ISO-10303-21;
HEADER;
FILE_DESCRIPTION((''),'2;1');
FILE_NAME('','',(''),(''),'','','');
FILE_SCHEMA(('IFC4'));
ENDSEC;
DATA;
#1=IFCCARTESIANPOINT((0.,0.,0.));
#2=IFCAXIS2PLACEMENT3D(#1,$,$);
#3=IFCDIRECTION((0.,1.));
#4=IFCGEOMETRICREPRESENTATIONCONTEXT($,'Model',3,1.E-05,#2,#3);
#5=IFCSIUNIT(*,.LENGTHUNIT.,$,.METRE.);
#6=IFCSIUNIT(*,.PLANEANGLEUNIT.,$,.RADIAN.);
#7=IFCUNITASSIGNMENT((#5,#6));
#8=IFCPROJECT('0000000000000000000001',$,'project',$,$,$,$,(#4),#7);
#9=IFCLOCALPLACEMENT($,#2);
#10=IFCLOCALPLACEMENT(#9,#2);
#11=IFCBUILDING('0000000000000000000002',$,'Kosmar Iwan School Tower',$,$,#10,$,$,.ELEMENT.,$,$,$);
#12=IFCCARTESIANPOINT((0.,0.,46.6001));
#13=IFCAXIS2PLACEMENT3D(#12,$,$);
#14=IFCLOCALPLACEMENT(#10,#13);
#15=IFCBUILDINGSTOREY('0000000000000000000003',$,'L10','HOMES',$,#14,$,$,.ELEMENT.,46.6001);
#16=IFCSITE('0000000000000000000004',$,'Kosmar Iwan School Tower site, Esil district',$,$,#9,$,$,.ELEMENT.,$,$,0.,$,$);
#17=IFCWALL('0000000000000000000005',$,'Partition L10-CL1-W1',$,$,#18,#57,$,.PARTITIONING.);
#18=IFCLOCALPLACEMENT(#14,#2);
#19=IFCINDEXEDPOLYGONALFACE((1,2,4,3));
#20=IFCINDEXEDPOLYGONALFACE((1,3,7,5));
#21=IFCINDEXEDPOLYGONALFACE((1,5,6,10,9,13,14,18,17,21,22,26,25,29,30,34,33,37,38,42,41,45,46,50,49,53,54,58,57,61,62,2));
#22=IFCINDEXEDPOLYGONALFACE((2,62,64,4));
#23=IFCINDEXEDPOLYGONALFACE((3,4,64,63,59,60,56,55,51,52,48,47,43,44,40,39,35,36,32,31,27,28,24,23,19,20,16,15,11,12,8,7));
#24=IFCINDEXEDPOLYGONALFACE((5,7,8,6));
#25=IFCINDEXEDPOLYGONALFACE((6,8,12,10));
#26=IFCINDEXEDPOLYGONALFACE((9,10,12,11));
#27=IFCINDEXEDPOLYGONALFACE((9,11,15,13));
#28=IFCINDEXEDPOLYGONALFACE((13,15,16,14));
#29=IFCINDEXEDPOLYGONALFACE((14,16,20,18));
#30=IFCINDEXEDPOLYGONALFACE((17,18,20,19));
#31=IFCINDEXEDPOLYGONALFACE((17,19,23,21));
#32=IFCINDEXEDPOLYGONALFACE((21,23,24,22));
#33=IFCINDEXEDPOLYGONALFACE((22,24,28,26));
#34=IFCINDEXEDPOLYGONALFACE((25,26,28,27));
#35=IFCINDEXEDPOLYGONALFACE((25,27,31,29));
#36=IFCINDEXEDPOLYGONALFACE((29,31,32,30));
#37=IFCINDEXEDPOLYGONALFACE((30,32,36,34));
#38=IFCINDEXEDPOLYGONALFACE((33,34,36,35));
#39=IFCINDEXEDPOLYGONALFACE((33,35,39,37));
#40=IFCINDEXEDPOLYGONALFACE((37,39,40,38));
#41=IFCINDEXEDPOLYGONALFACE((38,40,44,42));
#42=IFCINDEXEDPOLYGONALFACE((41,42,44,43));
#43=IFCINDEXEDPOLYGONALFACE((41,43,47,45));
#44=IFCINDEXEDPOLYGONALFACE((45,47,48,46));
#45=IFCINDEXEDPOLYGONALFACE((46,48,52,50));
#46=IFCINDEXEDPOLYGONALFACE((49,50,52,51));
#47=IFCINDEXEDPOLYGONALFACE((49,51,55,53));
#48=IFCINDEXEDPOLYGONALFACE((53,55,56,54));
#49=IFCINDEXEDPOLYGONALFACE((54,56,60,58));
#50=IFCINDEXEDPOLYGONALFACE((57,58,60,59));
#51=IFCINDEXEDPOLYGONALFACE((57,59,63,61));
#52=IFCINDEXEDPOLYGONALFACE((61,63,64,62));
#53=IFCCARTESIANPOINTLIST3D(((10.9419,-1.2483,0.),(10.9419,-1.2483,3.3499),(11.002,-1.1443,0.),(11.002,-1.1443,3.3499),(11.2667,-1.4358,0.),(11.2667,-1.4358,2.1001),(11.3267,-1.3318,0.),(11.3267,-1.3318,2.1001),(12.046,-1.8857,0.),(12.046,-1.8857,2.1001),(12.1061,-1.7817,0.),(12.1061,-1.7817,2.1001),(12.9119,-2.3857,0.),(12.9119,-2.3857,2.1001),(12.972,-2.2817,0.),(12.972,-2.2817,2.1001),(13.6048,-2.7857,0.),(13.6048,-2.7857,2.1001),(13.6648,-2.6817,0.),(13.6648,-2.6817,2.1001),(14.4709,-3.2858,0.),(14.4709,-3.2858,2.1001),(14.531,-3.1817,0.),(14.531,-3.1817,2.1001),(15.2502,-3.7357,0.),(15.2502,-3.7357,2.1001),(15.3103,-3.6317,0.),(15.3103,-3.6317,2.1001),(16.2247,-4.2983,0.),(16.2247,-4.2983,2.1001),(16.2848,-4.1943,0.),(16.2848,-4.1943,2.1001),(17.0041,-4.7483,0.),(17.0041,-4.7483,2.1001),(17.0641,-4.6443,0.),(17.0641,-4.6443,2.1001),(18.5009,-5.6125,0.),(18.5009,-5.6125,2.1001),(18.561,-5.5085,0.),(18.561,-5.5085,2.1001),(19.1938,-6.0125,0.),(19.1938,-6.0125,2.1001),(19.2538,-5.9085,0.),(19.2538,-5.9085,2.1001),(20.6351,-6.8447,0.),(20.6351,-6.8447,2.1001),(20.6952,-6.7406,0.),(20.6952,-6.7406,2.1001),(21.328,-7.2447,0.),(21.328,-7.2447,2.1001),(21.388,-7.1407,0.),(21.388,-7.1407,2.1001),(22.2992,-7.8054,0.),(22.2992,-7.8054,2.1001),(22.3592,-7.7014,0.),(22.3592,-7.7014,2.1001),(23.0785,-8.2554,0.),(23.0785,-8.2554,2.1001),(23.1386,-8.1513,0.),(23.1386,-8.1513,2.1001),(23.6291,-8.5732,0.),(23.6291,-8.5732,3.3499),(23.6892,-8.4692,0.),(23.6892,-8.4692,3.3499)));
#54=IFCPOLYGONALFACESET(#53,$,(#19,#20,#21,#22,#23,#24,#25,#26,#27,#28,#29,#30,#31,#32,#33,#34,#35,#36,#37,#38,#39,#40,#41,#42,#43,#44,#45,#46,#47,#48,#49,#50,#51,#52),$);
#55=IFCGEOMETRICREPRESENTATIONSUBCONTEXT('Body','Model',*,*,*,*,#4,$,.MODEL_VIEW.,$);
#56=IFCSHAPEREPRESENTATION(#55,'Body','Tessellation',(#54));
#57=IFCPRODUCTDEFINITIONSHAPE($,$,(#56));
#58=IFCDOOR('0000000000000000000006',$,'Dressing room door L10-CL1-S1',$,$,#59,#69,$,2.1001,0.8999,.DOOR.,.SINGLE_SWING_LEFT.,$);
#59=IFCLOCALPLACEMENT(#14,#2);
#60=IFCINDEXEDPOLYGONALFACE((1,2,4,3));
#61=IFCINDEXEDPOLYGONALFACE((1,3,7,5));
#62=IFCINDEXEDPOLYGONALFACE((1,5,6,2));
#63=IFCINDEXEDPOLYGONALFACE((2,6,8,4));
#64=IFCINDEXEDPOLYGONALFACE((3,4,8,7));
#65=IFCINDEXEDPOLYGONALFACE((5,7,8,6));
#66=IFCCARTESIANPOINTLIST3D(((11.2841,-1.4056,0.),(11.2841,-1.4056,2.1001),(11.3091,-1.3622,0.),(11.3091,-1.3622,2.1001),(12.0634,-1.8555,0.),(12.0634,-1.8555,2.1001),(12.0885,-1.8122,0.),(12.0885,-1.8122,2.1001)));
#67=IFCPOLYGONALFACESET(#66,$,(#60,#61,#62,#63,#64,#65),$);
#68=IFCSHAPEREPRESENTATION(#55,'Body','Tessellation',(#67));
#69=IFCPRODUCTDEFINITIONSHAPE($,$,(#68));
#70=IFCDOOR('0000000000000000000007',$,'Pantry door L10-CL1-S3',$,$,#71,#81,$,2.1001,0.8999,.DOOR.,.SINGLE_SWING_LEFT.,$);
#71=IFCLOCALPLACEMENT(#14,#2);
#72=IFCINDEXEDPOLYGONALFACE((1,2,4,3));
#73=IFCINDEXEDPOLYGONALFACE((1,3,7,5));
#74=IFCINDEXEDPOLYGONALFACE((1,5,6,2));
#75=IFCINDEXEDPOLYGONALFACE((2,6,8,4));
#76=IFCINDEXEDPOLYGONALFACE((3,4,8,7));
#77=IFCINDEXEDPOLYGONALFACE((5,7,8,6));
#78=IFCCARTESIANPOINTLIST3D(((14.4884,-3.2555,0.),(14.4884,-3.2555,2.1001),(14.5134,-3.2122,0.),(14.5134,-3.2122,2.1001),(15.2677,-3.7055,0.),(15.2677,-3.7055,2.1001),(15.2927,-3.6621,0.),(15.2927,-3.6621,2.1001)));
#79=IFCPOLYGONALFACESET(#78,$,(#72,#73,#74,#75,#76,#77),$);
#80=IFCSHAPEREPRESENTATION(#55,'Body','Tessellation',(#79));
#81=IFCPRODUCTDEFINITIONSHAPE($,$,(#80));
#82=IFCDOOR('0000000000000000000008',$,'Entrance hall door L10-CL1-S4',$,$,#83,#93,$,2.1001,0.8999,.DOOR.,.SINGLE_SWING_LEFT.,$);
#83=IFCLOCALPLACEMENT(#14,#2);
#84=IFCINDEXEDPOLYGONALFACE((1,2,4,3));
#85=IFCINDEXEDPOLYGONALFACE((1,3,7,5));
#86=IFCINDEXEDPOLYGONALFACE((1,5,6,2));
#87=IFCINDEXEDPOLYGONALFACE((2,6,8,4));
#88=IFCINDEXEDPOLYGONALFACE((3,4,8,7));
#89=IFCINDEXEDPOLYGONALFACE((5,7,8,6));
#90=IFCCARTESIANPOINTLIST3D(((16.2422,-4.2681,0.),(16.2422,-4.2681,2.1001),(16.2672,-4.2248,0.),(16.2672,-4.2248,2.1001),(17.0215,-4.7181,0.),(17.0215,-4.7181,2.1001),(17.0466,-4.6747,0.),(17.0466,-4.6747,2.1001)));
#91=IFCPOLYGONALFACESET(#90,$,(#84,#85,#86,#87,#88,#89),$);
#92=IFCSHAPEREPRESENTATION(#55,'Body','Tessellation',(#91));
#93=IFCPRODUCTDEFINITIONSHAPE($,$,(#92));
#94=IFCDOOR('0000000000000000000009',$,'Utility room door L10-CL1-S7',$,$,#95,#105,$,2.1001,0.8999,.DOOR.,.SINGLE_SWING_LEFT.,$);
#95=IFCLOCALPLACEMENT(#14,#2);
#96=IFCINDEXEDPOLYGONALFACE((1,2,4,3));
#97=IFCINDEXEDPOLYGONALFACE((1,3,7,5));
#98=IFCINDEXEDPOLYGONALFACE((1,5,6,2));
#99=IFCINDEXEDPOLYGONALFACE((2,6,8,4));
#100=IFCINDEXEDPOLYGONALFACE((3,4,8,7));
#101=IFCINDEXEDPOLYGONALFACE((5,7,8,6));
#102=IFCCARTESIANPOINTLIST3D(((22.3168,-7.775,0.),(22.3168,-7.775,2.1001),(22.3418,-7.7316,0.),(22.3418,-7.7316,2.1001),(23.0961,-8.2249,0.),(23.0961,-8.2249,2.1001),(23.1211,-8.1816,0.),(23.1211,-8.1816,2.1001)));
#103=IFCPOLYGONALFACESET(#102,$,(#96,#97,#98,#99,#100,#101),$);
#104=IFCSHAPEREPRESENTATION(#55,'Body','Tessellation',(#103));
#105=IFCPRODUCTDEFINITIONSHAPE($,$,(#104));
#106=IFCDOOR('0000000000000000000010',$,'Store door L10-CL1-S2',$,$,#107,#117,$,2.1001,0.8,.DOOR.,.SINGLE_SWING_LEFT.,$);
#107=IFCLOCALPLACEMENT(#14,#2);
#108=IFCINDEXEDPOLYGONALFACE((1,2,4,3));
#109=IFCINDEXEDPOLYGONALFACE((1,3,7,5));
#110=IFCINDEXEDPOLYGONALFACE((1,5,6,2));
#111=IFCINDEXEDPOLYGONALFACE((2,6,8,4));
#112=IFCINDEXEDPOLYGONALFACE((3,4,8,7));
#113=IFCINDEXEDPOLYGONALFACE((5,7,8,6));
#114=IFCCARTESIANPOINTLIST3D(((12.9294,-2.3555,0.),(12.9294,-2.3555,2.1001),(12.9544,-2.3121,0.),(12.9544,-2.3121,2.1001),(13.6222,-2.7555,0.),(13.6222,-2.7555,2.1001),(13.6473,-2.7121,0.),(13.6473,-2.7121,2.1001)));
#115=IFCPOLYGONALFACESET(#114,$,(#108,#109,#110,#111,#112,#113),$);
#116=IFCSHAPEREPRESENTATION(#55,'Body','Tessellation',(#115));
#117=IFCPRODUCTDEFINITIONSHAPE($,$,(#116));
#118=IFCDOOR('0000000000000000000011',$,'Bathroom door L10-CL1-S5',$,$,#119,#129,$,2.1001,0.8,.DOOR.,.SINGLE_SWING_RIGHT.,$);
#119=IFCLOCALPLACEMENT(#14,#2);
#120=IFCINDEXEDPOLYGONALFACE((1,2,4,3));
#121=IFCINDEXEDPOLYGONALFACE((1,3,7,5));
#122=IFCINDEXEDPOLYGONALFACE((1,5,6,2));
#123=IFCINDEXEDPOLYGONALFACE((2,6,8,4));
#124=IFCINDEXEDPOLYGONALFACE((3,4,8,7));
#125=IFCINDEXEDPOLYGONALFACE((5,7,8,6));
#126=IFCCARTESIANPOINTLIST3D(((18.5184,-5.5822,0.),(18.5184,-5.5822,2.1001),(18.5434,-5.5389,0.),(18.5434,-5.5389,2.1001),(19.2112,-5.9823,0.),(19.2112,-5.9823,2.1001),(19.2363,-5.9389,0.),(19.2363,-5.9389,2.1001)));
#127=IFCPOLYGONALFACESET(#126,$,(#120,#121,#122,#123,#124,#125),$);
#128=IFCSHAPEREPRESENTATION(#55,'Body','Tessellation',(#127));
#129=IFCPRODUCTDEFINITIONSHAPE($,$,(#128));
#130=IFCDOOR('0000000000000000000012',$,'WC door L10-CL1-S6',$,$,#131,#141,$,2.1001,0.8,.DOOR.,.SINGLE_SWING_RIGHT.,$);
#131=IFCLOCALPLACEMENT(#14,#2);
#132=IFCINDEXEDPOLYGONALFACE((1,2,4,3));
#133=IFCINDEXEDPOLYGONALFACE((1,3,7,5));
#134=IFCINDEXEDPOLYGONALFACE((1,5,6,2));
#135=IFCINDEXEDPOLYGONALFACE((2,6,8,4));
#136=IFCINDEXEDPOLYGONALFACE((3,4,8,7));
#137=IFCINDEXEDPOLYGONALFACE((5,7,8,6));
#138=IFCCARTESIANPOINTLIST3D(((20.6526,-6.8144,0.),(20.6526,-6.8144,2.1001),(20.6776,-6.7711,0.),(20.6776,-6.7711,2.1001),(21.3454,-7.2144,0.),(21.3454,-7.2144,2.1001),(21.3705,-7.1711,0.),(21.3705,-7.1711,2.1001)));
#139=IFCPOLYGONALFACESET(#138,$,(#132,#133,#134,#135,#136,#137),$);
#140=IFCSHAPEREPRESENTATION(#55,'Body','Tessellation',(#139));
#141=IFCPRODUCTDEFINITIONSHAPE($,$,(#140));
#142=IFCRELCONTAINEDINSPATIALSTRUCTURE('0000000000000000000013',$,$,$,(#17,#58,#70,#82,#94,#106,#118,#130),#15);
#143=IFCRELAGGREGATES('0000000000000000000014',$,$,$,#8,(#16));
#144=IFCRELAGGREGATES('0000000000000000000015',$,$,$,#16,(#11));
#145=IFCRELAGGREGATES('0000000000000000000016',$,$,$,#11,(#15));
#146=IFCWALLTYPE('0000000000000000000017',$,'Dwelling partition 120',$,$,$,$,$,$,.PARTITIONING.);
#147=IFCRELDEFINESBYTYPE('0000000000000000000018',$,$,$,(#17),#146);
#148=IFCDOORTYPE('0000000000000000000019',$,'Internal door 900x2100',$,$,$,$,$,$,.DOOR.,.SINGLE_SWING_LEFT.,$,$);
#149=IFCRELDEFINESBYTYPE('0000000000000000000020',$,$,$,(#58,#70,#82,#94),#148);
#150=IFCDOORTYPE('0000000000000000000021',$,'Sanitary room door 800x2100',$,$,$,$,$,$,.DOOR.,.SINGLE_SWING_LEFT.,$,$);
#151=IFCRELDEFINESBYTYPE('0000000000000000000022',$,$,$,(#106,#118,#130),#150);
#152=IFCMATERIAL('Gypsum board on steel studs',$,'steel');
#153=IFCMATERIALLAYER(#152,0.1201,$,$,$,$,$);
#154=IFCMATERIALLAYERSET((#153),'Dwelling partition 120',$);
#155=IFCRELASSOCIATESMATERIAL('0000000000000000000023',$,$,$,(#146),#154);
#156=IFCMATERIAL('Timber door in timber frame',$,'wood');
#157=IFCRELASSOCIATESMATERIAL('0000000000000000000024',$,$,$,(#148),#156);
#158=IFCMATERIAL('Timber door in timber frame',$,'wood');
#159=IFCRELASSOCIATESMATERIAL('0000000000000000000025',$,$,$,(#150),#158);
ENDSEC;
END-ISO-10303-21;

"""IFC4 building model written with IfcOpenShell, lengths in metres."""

from ifc_helpers import new_model, si_unit, direction, frame, frame_2d, origin, place, context, subcontext, project, spatial, rectangle, extrude, material, layer, layer_set, type_object, element, fill, save


model = new_model("IFC4")

# Units and contexts
model_context = context("Model", 3, precision=1e-05, world=origin(), true_north=direction((0.0, 1.0)))
body_context = subcontext(model_context, "Body", "Model", "MODEL_VIEW")
ifc_project = project(units=[si_unit("LENGTHUNIT", "METRE"), si_unit("PLANEANGLEUNIT", "RADIAN")], contexts=[model_context])

# Site, building, storey
site_placement = place(None, origin())
site = spatial("IfcSite", under=ifc_project, at=site_placement, Name="Kosmar Iwan School Tower site, Esil district", CompositionType="ELEMENT", RefElevation=0.0)
building_placement = place(site_placement, origin())
building = spatial("IfcBuilding", under=site, at=building_placement, Name="Kosmar Iwan School Tower", CompositionType="ELEMENT")
storey_placement = place(building_placement, frame((0.0, 0.0, 46.6001)))
storey = spatial("IfcBuildingStorey", under=building, at=storey_placement, Name="L10", Description="HOMES", CompositionType="ELEMENT", Elevation=46.6001)

# Wall, openings, doors
ifc_material_1 = material(Name="Gypsum board on steel studs", Category="steel")
ifc_layer_1 = layer(ifc_material_1, 0.1201)
ifc_layer_set_1 = layer_set([ifc_layer_1], Name="Dwelling partition 120")
wall_type_1 = type_object("IfcWallType", Name="Dwelling partition 120", PredefinedType="PARTITIONING", material=ifc_layer_set_1)
wall_1_placement = place(storey_placement, frame((10.9719, -1.1963, 0.0), z_axis=(0.0, 0.0, 1.0), x_axis=(0.866027, -0.499998, 0.0)))
wall_1 = element("IfcWall", 1, at=wall_1_placement, inside=storey, type_object=wall_type_1, Name="Partition L10-CL1-W1", PredefinedType="PARTITIONING", context=body_context, shape_type="SweptSolid", body=[
    extrude(rectangle(XDim=14.6499, YDim=0.1201, at=frame_2d((7.325, 0.0))), origin(), (0.0, 0.0, 1.0), 3.3499),
])
opening_1_placement = place(wall_1_placement, frame((0.375, 0.0, 0.0)))
opening_1 = element("IfcOpeningElement", 2, at=opening_1_placement, cuts=wall_1, PredefinedType="OPENING", context=body_context, shape_type="SweptSolid", body=[
    extrude(rectangle(XDim=0.8999, YDim=2.1001, at=frame_2d((0.45, 1.05))), frame((0.0, 0.072, 0.0), z_axis=(0.0, -1.0, 0.0), x_axis=(1.0, 0.0, 0.0)), (0.0, 0.0, 1.0), 0.144),
])
opening_2_placement = place(wall_1_placement, frame((2.2749, 0.0, 0.0)))
opening_2 = element("IfcOpeningElement", 3, at=opening_2_placement, cuts=wall_1, PredefinedType="OPENING", context=body_context, shape_type="SweptSolid", body=[
    extrude(rectangle(XDim=0.8, YDim=2.1001, at=frame_2d((0.3999, 1.05))), frame((0.0, 0.072, 0.0), z_axis=(0.0, -1.0, 0.0), x_axis=(1.0, 0.0, 0.0)), (0.0, 0.0, 1.0), 0.144),
])
opening_3_placement = place(wall_1_placement, frame((4.075, 0.0, 0.0)))
opening_3 = element("IfcOpeningElement", 4, at=opening_3_placement, cuts=wall_1, PredefinedType="OPENING", context=body_context, shape_type="SweptSolid", body=[
    extrude(rectangle(XDim=0.8999, YDim=2.1001, at=frame_2d((0.45, 1.05))), frame((0.0, 0.072, 0.0), z_axis=(0.0, -1.0, 0.0), x_axis=(1.0, 0.0, 0.0)), (0.0, 0.0, 1.0), 0.144),
])
opening_4_placement = place(wall_1_placement, frame((6.1001, 0.0, 0.0)))
opening_4 = element("IfcOpeningElement", 5, at=opening_4_placement, cuts=wall_1, PredefinedType="OPENING", context=body_context, shape_type="SweptSolid", body=[
    extrude(rectangle(XDim=0.8999, YDim=2.1001, at=frame_2d((0.45, 1.05))), frame((0.0, 0.072, 0.0), z_axis=(0.0, -1.0, 0.0), x_axis=(1.0, 0.0, 0.0)), (0.0, 0.0, 1.0), 0.144),
])
opening_5_placement = place(wall_1_placement, frame((8.7285, 0.0, 0.0)))
opening_5 = element("IfcOpeningElement", 6, at=opening_5_placement, cuts=wall_1, PredefinedType="OPENING", context=body_context, shape_type="SweptSolid", body=[
    extrude(rectangle(XDim=0.8, YDim=2.1001, at=frame_2d((0.3999, 1.05))), frame((0.0, 0.072, 0.0), z_axis=(0.0, -1.0, 0.0), x_axis=(1.0, 0.0, 0.0)), (0.0, 0.0, 1.0), 0.144),
])
opening_6_placement = place(wall_1_placement, frame((11.1929, 0.0, 0.0)))
opening_6 = element("IfcOpeningElement", 7, at=opening_6_placement, cuts=wall_1, PredefinedType="OPENING", context=body_context, shape_type="SweptSolid", body=[
    extrude(rectangle(XDim=0.8, YDim=2.1001, at=frame_2d((0.3999, 1.05))), frame((0.0, 0.072, 0.0), z_axis=(0.0, -1.0, 0.0), x_axis=(1.0, 0.0, 0.0)), (0.0, 0.0, 1.0), 0.144),
])
opening_7_placement = place(wall_1_placement, frame((13.1143, 0.0, 0.0)))
opening_7 = element("IfcOpeningElement", 8, at=opening_7_placement, cuts=wall_1, PredefinedType="OPENING", context=body_context, shape_type="SweptSolid", body=[
    extrude(rectangle(XDim=0.8999, YDim=2.1001, at=frame_2d((0.45, 1.05))), frame((0.0, 0.072, 0.0), z_axis=(0.0, -1.0, 0.0), x_axis=(1.0, 0.0, 0.0)), (0.0, 0.0, 1.0), 0.144),
])
ifc_material_2 = material(Name="Timber door in timber frame", Category="wood")
door_type_1 = type_object("IfcDoorType", Name="Internal door 900x2100", OperationType="SINGLE_SWING_LEFT", PredefinedType="DOOR", material=ifc_material_2)
door_1_placement = place(opening_1_placement, origin())
door_1 = element("IfcDoor", 9, at=door_1_placement, inside=storey, type_object=door_type_1, Name="Dressing room door L10-CL1-S1", OperationType="SINGLE_SWING_LEFT", OverallHeight=2.1001, OverallWidth=0.8999, PredefinedType="DOOR", context=body_context, shape_type="SweptSolid", body=[
    extrude(rectangle(XDim=0.8999, YDim=2.1001, at=frame_2d((0.45, 1.05))), frame((0.0, 0.0249, 0.0), z_axis=(0.0, -1.0, 0.0), x_axis=(1.0, 0.0, 0.0)), (0.0, 0.0, 1.0), 0.05),
])
fill(opening_1, door_1)
door_2_placement = place(opening_3_placement, origin())
door_2 = element("IfcDoor", 10, at=door_2_placement, inside=storey, type_object=door_type_1, Name="Pantry door L10-CL1-S3", OperationType="SINGLE_SWING_LEFT", OverallHeight=2.1001, OverallWidth=0.8999, PredefinedType="DOOR", context=body_context, shape_type="SweptSolid", body=[
    extrude(rectangle(XDim=0.8999, YDim=2.1001, at=frame_2d((0.45, 1.05))), frame((0.0, 0.0249, 0.0), z_axis=(0.0, -1.0, 0.0), x_axis=(1.0, 0.0, 0.0)), (0.0, 0.0, 1.0), 0.05),
])
fill(opening_3, door_2)
door_3_placement = place(opening_4_placement, origin())
door_3 = element("IfcDoor", 11, at=door_3_placement, inside=storey, type_object=door_type_1, Name="Entrance hall door L10-CL1-S4", OperationType="SINGLE_SWING_LEFT", OverallHeight=2.1001, OverallWidth=0.8999, PredefinedType="DOOR", context=body_context, shape_type="SweptSolid", body=[
    extrude(rectangle(XDim=0.8999, YDim=2.1001, at=frame_2d((0.45, 1.05))), frame((0.0, 0.0249, 0.0), z_axis=(0.0, -1.0, 0.0), x_axis=(1.0, 0.0, 0.0)), (0.0, 0.0, 1.0), 0.05),
])
fill(opening_4, door_3)
door_4_placement = place(opening_7_placement, frame((0.8999, 0.0, 0.0), z_axis=(0.0, 0.0, 1.0), x_axis=(-1.0, 0.0, 0.0)))
door_4 = element("IfcDoor", 12, at=door_4_placement, inside=storey, type_object=door_type_1, Name="Utility room door L10-CL1-S7", OperationType="SINGLE_SWING_LEFT", OverallHeight=2.1001, OverallWidth=0.8999, PredefinedType="DOOR", context=body_context, shape_type="SweptSolid", body=[
    extrude(rectangle(XDim=0.8999, YDim=2.1001, at=frame_2d((0.45, 1.05))), frame((0.0, 0.0249, 0.0), z_axis=(0.0, -1.0, 0.0), x_axis=(1.0, 0.0, 0.0)), (0.0, 0.0, 1.0), 0.05),
])
fill(opening_7, door_4)
ifc_material_3 = material(Name="Timber door in timber frame", Category="wood")
door_type_2 = type_object("IfcDoorType", Name="Sanitary room door 800x2100", OperationType="SINGLE_SWING_LEFT", PredefinedType="DOOR", material=ifc_material_3)
door_5_placement = place(opening_2_placement, origin())
door_5 = element("IfcDoor", 13, at=door_5_placement, inside=storey, type_object=door_type_2, Name="Store door L10-CL1-S2", OperationType="SINGLE_SWING_LEFT", OverallHeight=2.1001, OverallWidth=0.8, PredefinedType="DOOR", context=body_context, shape_type="SweptSolid", body=[
    extrude(rectangle(XDim=0.8, YDim=2.1001, at=frame_2d((0.3999, 1.05))), frame((0.0, 0.0249, 0.0), z_axis=(0.0, -1.0, 0.0), x_axis=(1.0, 0.0, 0.0)), (0.0, 0.0, 1.0), 0.05),
])
fill(opening_2, door_5)
door_6_placement = place(opening_5_placement, origin())
door_6 = element("IfcDoor", 14, at=door_6_placement, inside=storey, type_object=door_type_2, Name="Bathroom door L10-CL1-S5", OperationType="SINGLE_SWING_RIGHT", OverallHeight=2.1001, OverallWidth=0.8, PredefinedType="DOOR", context=body_context, shape_type="SweptSolid", body=[
    extrude(rectangle(XDim=0.8, YDim=2.1001, at=frame_2d((0.3999, 1.05))), frame((0.0, 0.0249, 0.0), z_axis=(0.0, -1.0, 0.0), x_axis=(1.0, 0.0, 0.0)), (0.0, 0.0, 1.0), 0.05),
])
fill(opening_5, door_6)
door_7_placement = place(opening_6_placement, origin())
door_7 = element("IfcDoor", 15, at=door_7_placement, inside=storey, type_object=door_type_2, Name="WC door L10-CL1-S6", OperationType="SINGLE_SWING_RIGHT", OverallHeight=2.1001, OverallWidth=0.8, PredefinedType="DOOR", context=body_context, shape_type="SweptSolid", body=[
    extrude(rectangle(XDim=0.8, YDim=2.1001, at=frame_2d((0.3999, 1.05))), frame((0.0, 0.0249, 0.0), z_axis=(0.0, -1.0, 0.0), x_axis=(1.0, 0.0, 0.0)), (0.0, 0.0, 1.0), 0.05),
])
fill(opening_6, door_7)

save(model, "model.ifc")
